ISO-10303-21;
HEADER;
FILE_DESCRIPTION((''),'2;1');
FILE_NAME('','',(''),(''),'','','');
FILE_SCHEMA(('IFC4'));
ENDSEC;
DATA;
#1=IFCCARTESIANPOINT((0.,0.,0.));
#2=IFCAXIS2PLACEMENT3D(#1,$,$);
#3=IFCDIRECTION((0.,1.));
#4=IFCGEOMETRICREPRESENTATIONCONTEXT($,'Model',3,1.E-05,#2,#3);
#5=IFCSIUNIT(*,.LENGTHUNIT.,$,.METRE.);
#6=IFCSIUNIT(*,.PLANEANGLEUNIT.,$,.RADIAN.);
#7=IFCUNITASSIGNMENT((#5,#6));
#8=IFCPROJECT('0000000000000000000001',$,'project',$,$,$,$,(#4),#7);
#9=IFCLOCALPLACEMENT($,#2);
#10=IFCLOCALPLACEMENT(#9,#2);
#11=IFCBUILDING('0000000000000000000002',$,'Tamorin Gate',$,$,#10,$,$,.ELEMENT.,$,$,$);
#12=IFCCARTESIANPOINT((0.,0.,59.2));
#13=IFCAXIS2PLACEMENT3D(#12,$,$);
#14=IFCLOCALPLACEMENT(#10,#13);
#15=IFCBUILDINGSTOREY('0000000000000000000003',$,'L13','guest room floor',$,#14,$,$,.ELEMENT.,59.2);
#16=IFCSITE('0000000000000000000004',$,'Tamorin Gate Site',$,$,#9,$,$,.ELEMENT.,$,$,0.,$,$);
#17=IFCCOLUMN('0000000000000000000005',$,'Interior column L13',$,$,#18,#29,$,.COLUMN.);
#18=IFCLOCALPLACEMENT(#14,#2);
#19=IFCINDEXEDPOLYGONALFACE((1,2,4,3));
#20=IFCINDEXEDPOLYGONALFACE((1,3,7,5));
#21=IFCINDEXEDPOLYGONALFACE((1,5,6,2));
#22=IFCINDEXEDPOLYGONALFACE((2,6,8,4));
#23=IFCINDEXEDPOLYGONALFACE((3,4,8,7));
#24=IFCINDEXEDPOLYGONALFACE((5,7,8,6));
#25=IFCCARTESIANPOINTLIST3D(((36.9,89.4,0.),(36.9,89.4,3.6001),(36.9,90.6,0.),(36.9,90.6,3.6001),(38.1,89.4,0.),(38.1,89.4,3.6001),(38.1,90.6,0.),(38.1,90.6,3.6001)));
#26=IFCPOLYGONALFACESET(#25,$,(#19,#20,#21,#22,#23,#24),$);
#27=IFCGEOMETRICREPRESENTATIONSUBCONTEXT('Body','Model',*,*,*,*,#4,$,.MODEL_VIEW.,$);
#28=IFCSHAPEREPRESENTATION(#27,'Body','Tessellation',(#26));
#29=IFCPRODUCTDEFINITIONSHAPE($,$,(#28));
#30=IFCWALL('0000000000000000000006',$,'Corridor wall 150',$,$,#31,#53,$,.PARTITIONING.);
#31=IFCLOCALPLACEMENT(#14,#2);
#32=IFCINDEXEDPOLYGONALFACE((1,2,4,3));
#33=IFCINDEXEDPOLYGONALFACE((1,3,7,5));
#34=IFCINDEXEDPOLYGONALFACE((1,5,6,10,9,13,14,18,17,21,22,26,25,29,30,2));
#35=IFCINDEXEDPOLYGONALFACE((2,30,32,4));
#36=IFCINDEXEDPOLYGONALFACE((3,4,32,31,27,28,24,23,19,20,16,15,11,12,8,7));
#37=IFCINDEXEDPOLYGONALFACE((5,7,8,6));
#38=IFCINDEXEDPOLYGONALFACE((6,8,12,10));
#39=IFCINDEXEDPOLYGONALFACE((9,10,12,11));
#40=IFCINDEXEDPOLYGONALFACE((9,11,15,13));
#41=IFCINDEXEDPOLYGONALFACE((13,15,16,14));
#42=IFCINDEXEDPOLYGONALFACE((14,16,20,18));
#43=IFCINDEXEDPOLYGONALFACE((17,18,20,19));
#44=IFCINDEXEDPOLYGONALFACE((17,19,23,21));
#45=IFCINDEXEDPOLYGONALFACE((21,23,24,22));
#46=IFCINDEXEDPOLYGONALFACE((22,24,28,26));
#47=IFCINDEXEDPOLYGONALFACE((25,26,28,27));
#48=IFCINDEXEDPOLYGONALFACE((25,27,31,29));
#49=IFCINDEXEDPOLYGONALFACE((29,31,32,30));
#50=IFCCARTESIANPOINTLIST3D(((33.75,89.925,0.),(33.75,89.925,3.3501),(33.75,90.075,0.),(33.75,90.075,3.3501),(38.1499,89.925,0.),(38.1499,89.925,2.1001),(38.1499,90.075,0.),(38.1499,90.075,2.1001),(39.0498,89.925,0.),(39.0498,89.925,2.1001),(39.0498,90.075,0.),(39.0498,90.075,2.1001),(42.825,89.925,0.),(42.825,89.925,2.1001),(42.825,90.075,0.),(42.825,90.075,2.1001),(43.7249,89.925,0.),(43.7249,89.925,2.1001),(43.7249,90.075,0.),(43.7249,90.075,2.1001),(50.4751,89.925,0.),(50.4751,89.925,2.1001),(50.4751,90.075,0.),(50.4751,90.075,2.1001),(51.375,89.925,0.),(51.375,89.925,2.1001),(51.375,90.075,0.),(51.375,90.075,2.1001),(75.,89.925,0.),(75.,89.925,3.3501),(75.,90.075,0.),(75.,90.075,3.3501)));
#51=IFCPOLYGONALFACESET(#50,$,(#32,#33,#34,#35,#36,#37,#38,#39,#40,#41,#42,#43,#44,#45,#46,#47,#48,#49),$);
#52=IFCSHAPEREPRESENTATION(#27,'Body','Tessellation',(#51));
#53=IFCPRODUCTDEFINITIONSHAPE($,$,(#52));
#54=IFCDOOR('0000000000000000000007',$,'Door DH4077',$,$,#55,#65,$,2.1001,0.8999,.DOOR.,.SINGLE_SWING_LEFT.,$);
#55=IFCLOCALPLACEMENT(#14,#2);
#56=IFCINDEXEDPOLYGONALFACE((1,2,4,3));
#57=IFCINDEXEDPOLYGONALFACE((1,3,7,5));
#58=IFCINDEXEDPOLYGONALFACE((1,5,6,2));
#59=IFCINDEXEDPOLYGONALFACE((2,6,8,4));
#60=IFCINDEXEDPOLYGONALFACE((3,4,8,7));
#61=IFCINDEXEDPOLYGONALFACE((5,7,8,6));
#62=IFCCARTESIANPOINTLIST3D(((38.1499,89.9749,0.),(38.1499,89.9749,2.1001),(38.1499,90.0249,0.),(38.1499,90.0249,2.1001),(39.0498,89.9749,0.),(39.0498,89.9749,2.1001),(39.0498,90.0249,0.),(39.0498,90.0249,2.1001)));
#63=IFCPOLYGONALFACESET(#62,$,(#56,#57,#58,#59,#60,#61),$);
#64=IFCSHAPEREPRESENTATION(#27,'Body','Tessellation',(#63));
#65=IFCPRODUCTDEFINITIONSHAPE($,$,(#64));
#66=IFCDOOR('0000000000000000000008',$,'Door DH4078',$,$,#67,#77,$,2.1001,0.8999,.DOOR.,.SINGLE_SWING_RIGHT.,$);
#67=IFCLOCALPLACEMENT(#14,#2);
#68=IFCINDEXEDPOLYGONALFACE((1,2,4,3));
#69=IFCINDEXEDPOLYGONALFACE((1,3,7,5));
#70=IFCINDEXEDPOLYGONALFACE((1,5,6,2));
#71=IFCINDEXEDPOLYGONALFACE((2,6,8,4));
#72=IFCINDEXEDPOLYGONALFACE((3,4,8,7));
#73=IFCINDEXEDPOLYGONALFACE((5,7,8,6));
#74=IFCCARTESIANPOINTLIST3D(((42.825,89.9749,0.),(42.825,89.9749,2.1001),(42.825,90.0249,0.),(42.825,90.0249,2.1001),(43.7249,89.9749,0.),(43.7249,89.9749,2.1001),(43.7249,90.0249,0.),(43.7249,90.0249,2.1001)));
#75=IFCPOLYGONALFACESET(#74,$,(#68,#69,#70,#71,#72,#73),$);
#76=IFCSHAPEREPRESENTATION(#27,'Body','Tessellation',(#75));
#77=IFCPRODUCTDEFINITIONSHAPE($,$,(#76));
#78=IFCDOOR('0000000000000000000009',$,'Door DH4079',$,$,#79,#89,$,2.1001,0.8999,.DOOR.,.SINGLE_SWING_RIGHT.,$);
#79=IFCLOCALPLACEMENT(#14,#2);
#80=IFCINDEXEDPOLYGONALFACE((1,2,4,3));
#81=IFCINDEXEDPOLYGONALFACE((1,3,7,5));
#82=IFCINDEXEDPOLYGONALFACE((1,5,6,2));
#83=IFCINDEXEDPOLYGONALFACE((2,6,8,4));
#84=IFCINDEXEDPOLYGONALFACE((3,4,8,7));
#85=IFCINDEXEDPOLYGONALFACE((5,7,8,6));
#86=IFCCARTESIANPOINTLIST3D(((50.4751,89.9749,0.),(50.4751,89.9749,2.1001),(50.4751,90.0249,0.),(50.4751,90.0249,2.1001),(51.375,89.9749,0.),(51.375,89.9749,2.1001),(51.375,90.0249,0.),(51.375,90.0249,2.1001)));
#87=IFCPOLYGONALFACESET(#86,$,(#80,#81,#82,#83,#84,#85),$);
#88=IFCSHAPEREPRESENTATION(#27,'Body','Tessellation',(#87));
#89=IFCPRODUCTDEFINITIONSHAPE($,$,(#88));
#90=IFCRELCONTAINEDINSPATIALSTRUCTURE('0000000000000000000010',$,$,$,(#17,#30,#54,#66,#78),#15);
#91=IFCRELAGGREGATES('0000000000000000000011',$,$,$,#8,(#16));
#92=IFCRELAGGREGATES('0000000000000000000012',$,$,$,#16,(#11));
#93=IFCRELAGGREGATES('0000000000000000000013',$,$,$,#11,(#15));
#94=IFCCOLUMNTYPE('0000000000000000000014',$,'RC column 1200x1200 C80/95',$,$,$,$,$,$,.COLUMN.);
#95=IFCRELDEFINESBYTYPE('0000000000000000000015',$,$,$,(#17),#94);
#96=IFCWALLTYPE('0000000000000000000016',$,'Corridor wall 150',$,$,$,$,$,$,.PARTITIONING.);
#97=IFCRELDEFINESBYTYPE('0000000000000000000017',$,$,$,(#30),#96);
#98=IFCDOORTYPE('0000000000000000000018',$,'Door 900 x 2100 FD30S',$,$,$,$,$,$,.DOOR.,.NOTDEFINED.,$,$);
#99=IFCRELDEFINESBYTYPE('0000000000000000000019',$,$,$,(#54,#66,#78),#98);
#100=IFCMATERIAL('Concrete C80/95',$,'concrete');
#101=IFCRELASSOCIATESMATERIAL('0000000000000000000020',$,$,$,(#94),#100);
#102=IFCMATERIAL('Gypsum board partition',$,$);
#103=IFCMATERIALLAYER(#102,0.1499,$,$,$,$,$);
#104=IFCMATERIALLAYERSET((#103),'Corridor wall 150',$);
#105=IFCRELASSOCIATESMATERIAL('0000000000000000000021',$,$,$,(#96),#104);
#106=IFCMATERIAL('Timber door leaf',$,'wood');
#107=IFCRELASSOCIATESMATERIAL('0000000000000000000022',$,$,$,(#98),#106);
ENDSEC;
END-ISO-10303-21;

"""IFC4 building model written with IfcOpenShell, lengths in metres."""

from ifc_helpers import new_model, si_unit, direction, frame, frame_2d, origin, origin_2d, place, context, subcontext, project, spatial, rectangle, extrude, material, layer, layer_set, material_profile, profile_set, type_object, element, fill, save


model = new_model("IFC4")

# Units and contexts
model_context = context("Model", 3, precision=1e-05, world=origin(), true_north=direction((0.0, 1.0)))
body_context = subcontext(model_context, "Body", "Model", "MODEL_VIEW")
ifc_project = project(units=[si_unit("LENGTHUNIT", "METRE"), si_unit("PLANEANGLEUNIT", "RADIAN")], contexts=[model_context])

# Site, building, storey
site_placement = place(None, origin())
site = spatial("IfcSite", under=ifc_project, at=site_placement, Name="Tamorin Gate Site", CompositionType="ELEMENT", RefElevation=0.0)
building_placement = place(site_placement, origin())
building = spatial("IfcBuilding", under=site, at=building_placement, Name="Tamorin Gate", CompositionType="ELEMENT")
storey_placement = place(building_placement, frame((0.0, 0.0, 59.2)))
storey = spatial("IfcBuildingStorey", under=building, at=storey_placement, Name="L13", Description="guest room floor", CompositionType="ELEMENT", Elevation=59.2)

# Column
ifc_material_1 = material(Name="Concrete C80/95", Category="concrete")
ifc_material_profile = material_profile(ifc_material_1, rectangle(XDim=1.2, YDim=1.2, at=origin_2d()), Name="RC 1200x1200")
ifc_profile_set = profile_set([ifc_material_profile], Name="Concrete C80/95")
column_type = type_object("IfcColumnType", Name="RC column 1200x1200 C80/95", PredefinedType="COLUMN", material=ifc_profile_set)
column_placement = place(storey_placement, frame((37.5, 90.0, 0.0), z_axis=(0.0, 0.0, 1.0), x_axis=(1.0, 0.0, 0.0)))
element("IfcColumn", 1, at=column_placement, inside=storey, type_object=column_type, Name="Interior column L13", PredefinedType="COLUMN", context=body_context, shape_type="SweptSolid", body=[
    extrude(rectangle(XDim=1.2, YDim=1.2, at=origin_2d()), origin(), (0.0, 0.0, 1.0), 3.6001),
])

# Wall, openings, doors
ifc_material_2 = material(Name="Gypsum board partition")
ifc_layer_1 = layer(ifc_material_2, 0.1499)
ifc_layer_set_1 = layer_set([ifc_layer_1], Name="Corridor wall 150")
wall_type_1 = type_object("IfcWallType", Name="Corridor wall 150", PredefinedType="PARTITIONING", material=ifc_layer_set_1)
wall_1_placement = place(storey_placement, frame((33.75, 90.0, 0.0), z_axis=(0.0, 0.0, 1.0), x_axis=(1.0, 0.0, 0.0)))
wall_1 = element("IfcWall", 2, at=wall_1_placement, inside=storey, type_object=wall_type_1, Name="Corridor wall 150", PredefinedType="PARTITIONING", context=body_context, shape_type="SweptSolid", body=[
    extrude(rectangle(XDim=41.25, YDim=0.1499, at=frame_2d((20.625, 0.0))), origin(), (0.0, 0.0, 1.0), 3.3501),
])
opening_1_placement = place(wall_1_placement, frame((4.3999, 0.0, 0.0)))
opening_1 = element("IfcOpeningElement", 3, at=opening_1_placement, cuts=wall_1, PredefinedType="OPENING", context=body_context, shape_type="SweptSolid", body=[
    extrude(rectangle(XDim=0.8999, YDim=2.1001, at=frame_2d((0.45, 1.05))), frame((0.0, 0.085, 0.0), z_axis=(0.0, -1.0, 0.0), x_axis=(1.0, 0.0, 0.0)), (0.0, 0.0, 1.0), 0.1699),
])
opening_2_placement = place(wall_1_placement, frame((9.075, 0.0, 0.0)))
opening_2 = element("IfcOpeningElement", 4, at=opening_2_placement, cuts=wall_1, PredefinedType="OPENING", context=body_context, shape_type="SweptSolid", body=[
    extrude(rectangle(XDim=0.8999, YDim=2.1001, at=frame_2d((0.45, 1.05))), frame((0.0, 0.085, 0.0), z_axis=(0.0, -1.0, 0.0), x_axis=(1.0, 0.0, 0.0)), (0.0, 0.0, 1.0), 0.1699),
])
opening_3_placement = place(wall_1_placement, frame((16.7251, 0.0, 0.0)))
opening_3 = element("IfcOpeningElement", 5, at=opening_3_placement, cuts=wall_1, PredefinedType="OPENING", context=body_context, shape_type="SweptSolid", body=[
    extrude(rectangle(XDim=0.8999, YDim=2.1001, at=frame_2d((0.45, 1.05))), frame((0.0, 0.085, 0.0), z_axis=(0.0, -1.0, 0.0), x_axis=(1.0, 0.0, 0.0)), (0.0, 0.0, 1.0), 0.1699),
])
ifc_material_3 = material(Name="Timber door leaf", Category="wood")
door_type_1 = type_object("IfcDoorType", Name="Door 900 x 2100 FD30S", OperationType="NOTDEFINED", PredefinedType="DOOR", material=ifc_material_3)
door_1_placement = place(opening_1_placement, origin())
door_1 = element("IfcDoor", 6, at=door_1_placement, inside=storey, type_object=door_type_1, Name="Door DH4077", OperationType="SINGLE_SWING_LEFT", OverallHeight=2.1001, OverallWidth=0.8999, PredefinedType="DOOR", context=body_context, shape_type="SweptSolid", body=[
    extrude(rectangle(XDim=0.8999, YDim=2.1001, at=frame_2d((0.45, 1.05))), frame((0.0, 0.0249, 0.0), z_axis=(0.0, -1.0, 0.0), x_axis=(1.0, 0.0, 0.0)), (0.0, 0.0, 1.0), 0.05),
])
fill(opening_1, door_1)
door_2_placement = place(opening_2_placement, origin())
door_2 = element("IfcDoor", 7, at=door_2_placement, inside=storey, type_object=door_type_1, Name="Door DH4078", OperationType="SINGLE_SWING_RIGHT", OverallHeight=2.1001, OverallWidth=0.8999, PredefinedType="DOOR", context=body_context, shape_type="SweptSolid", body=[
    extrude(rectangle(XDim=0.8999, YDim=2.1001, at=frame_2d((0.45, 1.05))), frame((0.0, 0.0249, 0.0), z_axis=(0.0, -1.0, 0.0), x_axis=(1.0, 0.0, 0.0)), (0.0, 0.0, 1.0), 0.05),
])
fill(opening_2, door_2)
door_3_placement = place(opening_3_placement, origin())
door_3 = element("IfcDoor", 8, at=door_3_placement, inside=storey, type_object=door_type_1, Name="Door DH4079", OperationType="SINGLE_SWING_RIGHT", OverallHeight=2.1001, OverallWidth=0.8999, PredefinedType="DOOR", context=body_context, shape_type="SweptSolid", body=[
    extrude(rectangle(XDim=0.8999, YDim=2.1001, at=frame_2d((0.45, 1.05))), frame((0.0, 0.0249, 0.0), z_axis=(0.0, -1.0, 0.0), x_axis=(1.0, 0.0, 0.0)), (0.0, 0.0, 1.0), 0.05),
])
fill(opening_3, door_3)

save(model, "model.ifc")
